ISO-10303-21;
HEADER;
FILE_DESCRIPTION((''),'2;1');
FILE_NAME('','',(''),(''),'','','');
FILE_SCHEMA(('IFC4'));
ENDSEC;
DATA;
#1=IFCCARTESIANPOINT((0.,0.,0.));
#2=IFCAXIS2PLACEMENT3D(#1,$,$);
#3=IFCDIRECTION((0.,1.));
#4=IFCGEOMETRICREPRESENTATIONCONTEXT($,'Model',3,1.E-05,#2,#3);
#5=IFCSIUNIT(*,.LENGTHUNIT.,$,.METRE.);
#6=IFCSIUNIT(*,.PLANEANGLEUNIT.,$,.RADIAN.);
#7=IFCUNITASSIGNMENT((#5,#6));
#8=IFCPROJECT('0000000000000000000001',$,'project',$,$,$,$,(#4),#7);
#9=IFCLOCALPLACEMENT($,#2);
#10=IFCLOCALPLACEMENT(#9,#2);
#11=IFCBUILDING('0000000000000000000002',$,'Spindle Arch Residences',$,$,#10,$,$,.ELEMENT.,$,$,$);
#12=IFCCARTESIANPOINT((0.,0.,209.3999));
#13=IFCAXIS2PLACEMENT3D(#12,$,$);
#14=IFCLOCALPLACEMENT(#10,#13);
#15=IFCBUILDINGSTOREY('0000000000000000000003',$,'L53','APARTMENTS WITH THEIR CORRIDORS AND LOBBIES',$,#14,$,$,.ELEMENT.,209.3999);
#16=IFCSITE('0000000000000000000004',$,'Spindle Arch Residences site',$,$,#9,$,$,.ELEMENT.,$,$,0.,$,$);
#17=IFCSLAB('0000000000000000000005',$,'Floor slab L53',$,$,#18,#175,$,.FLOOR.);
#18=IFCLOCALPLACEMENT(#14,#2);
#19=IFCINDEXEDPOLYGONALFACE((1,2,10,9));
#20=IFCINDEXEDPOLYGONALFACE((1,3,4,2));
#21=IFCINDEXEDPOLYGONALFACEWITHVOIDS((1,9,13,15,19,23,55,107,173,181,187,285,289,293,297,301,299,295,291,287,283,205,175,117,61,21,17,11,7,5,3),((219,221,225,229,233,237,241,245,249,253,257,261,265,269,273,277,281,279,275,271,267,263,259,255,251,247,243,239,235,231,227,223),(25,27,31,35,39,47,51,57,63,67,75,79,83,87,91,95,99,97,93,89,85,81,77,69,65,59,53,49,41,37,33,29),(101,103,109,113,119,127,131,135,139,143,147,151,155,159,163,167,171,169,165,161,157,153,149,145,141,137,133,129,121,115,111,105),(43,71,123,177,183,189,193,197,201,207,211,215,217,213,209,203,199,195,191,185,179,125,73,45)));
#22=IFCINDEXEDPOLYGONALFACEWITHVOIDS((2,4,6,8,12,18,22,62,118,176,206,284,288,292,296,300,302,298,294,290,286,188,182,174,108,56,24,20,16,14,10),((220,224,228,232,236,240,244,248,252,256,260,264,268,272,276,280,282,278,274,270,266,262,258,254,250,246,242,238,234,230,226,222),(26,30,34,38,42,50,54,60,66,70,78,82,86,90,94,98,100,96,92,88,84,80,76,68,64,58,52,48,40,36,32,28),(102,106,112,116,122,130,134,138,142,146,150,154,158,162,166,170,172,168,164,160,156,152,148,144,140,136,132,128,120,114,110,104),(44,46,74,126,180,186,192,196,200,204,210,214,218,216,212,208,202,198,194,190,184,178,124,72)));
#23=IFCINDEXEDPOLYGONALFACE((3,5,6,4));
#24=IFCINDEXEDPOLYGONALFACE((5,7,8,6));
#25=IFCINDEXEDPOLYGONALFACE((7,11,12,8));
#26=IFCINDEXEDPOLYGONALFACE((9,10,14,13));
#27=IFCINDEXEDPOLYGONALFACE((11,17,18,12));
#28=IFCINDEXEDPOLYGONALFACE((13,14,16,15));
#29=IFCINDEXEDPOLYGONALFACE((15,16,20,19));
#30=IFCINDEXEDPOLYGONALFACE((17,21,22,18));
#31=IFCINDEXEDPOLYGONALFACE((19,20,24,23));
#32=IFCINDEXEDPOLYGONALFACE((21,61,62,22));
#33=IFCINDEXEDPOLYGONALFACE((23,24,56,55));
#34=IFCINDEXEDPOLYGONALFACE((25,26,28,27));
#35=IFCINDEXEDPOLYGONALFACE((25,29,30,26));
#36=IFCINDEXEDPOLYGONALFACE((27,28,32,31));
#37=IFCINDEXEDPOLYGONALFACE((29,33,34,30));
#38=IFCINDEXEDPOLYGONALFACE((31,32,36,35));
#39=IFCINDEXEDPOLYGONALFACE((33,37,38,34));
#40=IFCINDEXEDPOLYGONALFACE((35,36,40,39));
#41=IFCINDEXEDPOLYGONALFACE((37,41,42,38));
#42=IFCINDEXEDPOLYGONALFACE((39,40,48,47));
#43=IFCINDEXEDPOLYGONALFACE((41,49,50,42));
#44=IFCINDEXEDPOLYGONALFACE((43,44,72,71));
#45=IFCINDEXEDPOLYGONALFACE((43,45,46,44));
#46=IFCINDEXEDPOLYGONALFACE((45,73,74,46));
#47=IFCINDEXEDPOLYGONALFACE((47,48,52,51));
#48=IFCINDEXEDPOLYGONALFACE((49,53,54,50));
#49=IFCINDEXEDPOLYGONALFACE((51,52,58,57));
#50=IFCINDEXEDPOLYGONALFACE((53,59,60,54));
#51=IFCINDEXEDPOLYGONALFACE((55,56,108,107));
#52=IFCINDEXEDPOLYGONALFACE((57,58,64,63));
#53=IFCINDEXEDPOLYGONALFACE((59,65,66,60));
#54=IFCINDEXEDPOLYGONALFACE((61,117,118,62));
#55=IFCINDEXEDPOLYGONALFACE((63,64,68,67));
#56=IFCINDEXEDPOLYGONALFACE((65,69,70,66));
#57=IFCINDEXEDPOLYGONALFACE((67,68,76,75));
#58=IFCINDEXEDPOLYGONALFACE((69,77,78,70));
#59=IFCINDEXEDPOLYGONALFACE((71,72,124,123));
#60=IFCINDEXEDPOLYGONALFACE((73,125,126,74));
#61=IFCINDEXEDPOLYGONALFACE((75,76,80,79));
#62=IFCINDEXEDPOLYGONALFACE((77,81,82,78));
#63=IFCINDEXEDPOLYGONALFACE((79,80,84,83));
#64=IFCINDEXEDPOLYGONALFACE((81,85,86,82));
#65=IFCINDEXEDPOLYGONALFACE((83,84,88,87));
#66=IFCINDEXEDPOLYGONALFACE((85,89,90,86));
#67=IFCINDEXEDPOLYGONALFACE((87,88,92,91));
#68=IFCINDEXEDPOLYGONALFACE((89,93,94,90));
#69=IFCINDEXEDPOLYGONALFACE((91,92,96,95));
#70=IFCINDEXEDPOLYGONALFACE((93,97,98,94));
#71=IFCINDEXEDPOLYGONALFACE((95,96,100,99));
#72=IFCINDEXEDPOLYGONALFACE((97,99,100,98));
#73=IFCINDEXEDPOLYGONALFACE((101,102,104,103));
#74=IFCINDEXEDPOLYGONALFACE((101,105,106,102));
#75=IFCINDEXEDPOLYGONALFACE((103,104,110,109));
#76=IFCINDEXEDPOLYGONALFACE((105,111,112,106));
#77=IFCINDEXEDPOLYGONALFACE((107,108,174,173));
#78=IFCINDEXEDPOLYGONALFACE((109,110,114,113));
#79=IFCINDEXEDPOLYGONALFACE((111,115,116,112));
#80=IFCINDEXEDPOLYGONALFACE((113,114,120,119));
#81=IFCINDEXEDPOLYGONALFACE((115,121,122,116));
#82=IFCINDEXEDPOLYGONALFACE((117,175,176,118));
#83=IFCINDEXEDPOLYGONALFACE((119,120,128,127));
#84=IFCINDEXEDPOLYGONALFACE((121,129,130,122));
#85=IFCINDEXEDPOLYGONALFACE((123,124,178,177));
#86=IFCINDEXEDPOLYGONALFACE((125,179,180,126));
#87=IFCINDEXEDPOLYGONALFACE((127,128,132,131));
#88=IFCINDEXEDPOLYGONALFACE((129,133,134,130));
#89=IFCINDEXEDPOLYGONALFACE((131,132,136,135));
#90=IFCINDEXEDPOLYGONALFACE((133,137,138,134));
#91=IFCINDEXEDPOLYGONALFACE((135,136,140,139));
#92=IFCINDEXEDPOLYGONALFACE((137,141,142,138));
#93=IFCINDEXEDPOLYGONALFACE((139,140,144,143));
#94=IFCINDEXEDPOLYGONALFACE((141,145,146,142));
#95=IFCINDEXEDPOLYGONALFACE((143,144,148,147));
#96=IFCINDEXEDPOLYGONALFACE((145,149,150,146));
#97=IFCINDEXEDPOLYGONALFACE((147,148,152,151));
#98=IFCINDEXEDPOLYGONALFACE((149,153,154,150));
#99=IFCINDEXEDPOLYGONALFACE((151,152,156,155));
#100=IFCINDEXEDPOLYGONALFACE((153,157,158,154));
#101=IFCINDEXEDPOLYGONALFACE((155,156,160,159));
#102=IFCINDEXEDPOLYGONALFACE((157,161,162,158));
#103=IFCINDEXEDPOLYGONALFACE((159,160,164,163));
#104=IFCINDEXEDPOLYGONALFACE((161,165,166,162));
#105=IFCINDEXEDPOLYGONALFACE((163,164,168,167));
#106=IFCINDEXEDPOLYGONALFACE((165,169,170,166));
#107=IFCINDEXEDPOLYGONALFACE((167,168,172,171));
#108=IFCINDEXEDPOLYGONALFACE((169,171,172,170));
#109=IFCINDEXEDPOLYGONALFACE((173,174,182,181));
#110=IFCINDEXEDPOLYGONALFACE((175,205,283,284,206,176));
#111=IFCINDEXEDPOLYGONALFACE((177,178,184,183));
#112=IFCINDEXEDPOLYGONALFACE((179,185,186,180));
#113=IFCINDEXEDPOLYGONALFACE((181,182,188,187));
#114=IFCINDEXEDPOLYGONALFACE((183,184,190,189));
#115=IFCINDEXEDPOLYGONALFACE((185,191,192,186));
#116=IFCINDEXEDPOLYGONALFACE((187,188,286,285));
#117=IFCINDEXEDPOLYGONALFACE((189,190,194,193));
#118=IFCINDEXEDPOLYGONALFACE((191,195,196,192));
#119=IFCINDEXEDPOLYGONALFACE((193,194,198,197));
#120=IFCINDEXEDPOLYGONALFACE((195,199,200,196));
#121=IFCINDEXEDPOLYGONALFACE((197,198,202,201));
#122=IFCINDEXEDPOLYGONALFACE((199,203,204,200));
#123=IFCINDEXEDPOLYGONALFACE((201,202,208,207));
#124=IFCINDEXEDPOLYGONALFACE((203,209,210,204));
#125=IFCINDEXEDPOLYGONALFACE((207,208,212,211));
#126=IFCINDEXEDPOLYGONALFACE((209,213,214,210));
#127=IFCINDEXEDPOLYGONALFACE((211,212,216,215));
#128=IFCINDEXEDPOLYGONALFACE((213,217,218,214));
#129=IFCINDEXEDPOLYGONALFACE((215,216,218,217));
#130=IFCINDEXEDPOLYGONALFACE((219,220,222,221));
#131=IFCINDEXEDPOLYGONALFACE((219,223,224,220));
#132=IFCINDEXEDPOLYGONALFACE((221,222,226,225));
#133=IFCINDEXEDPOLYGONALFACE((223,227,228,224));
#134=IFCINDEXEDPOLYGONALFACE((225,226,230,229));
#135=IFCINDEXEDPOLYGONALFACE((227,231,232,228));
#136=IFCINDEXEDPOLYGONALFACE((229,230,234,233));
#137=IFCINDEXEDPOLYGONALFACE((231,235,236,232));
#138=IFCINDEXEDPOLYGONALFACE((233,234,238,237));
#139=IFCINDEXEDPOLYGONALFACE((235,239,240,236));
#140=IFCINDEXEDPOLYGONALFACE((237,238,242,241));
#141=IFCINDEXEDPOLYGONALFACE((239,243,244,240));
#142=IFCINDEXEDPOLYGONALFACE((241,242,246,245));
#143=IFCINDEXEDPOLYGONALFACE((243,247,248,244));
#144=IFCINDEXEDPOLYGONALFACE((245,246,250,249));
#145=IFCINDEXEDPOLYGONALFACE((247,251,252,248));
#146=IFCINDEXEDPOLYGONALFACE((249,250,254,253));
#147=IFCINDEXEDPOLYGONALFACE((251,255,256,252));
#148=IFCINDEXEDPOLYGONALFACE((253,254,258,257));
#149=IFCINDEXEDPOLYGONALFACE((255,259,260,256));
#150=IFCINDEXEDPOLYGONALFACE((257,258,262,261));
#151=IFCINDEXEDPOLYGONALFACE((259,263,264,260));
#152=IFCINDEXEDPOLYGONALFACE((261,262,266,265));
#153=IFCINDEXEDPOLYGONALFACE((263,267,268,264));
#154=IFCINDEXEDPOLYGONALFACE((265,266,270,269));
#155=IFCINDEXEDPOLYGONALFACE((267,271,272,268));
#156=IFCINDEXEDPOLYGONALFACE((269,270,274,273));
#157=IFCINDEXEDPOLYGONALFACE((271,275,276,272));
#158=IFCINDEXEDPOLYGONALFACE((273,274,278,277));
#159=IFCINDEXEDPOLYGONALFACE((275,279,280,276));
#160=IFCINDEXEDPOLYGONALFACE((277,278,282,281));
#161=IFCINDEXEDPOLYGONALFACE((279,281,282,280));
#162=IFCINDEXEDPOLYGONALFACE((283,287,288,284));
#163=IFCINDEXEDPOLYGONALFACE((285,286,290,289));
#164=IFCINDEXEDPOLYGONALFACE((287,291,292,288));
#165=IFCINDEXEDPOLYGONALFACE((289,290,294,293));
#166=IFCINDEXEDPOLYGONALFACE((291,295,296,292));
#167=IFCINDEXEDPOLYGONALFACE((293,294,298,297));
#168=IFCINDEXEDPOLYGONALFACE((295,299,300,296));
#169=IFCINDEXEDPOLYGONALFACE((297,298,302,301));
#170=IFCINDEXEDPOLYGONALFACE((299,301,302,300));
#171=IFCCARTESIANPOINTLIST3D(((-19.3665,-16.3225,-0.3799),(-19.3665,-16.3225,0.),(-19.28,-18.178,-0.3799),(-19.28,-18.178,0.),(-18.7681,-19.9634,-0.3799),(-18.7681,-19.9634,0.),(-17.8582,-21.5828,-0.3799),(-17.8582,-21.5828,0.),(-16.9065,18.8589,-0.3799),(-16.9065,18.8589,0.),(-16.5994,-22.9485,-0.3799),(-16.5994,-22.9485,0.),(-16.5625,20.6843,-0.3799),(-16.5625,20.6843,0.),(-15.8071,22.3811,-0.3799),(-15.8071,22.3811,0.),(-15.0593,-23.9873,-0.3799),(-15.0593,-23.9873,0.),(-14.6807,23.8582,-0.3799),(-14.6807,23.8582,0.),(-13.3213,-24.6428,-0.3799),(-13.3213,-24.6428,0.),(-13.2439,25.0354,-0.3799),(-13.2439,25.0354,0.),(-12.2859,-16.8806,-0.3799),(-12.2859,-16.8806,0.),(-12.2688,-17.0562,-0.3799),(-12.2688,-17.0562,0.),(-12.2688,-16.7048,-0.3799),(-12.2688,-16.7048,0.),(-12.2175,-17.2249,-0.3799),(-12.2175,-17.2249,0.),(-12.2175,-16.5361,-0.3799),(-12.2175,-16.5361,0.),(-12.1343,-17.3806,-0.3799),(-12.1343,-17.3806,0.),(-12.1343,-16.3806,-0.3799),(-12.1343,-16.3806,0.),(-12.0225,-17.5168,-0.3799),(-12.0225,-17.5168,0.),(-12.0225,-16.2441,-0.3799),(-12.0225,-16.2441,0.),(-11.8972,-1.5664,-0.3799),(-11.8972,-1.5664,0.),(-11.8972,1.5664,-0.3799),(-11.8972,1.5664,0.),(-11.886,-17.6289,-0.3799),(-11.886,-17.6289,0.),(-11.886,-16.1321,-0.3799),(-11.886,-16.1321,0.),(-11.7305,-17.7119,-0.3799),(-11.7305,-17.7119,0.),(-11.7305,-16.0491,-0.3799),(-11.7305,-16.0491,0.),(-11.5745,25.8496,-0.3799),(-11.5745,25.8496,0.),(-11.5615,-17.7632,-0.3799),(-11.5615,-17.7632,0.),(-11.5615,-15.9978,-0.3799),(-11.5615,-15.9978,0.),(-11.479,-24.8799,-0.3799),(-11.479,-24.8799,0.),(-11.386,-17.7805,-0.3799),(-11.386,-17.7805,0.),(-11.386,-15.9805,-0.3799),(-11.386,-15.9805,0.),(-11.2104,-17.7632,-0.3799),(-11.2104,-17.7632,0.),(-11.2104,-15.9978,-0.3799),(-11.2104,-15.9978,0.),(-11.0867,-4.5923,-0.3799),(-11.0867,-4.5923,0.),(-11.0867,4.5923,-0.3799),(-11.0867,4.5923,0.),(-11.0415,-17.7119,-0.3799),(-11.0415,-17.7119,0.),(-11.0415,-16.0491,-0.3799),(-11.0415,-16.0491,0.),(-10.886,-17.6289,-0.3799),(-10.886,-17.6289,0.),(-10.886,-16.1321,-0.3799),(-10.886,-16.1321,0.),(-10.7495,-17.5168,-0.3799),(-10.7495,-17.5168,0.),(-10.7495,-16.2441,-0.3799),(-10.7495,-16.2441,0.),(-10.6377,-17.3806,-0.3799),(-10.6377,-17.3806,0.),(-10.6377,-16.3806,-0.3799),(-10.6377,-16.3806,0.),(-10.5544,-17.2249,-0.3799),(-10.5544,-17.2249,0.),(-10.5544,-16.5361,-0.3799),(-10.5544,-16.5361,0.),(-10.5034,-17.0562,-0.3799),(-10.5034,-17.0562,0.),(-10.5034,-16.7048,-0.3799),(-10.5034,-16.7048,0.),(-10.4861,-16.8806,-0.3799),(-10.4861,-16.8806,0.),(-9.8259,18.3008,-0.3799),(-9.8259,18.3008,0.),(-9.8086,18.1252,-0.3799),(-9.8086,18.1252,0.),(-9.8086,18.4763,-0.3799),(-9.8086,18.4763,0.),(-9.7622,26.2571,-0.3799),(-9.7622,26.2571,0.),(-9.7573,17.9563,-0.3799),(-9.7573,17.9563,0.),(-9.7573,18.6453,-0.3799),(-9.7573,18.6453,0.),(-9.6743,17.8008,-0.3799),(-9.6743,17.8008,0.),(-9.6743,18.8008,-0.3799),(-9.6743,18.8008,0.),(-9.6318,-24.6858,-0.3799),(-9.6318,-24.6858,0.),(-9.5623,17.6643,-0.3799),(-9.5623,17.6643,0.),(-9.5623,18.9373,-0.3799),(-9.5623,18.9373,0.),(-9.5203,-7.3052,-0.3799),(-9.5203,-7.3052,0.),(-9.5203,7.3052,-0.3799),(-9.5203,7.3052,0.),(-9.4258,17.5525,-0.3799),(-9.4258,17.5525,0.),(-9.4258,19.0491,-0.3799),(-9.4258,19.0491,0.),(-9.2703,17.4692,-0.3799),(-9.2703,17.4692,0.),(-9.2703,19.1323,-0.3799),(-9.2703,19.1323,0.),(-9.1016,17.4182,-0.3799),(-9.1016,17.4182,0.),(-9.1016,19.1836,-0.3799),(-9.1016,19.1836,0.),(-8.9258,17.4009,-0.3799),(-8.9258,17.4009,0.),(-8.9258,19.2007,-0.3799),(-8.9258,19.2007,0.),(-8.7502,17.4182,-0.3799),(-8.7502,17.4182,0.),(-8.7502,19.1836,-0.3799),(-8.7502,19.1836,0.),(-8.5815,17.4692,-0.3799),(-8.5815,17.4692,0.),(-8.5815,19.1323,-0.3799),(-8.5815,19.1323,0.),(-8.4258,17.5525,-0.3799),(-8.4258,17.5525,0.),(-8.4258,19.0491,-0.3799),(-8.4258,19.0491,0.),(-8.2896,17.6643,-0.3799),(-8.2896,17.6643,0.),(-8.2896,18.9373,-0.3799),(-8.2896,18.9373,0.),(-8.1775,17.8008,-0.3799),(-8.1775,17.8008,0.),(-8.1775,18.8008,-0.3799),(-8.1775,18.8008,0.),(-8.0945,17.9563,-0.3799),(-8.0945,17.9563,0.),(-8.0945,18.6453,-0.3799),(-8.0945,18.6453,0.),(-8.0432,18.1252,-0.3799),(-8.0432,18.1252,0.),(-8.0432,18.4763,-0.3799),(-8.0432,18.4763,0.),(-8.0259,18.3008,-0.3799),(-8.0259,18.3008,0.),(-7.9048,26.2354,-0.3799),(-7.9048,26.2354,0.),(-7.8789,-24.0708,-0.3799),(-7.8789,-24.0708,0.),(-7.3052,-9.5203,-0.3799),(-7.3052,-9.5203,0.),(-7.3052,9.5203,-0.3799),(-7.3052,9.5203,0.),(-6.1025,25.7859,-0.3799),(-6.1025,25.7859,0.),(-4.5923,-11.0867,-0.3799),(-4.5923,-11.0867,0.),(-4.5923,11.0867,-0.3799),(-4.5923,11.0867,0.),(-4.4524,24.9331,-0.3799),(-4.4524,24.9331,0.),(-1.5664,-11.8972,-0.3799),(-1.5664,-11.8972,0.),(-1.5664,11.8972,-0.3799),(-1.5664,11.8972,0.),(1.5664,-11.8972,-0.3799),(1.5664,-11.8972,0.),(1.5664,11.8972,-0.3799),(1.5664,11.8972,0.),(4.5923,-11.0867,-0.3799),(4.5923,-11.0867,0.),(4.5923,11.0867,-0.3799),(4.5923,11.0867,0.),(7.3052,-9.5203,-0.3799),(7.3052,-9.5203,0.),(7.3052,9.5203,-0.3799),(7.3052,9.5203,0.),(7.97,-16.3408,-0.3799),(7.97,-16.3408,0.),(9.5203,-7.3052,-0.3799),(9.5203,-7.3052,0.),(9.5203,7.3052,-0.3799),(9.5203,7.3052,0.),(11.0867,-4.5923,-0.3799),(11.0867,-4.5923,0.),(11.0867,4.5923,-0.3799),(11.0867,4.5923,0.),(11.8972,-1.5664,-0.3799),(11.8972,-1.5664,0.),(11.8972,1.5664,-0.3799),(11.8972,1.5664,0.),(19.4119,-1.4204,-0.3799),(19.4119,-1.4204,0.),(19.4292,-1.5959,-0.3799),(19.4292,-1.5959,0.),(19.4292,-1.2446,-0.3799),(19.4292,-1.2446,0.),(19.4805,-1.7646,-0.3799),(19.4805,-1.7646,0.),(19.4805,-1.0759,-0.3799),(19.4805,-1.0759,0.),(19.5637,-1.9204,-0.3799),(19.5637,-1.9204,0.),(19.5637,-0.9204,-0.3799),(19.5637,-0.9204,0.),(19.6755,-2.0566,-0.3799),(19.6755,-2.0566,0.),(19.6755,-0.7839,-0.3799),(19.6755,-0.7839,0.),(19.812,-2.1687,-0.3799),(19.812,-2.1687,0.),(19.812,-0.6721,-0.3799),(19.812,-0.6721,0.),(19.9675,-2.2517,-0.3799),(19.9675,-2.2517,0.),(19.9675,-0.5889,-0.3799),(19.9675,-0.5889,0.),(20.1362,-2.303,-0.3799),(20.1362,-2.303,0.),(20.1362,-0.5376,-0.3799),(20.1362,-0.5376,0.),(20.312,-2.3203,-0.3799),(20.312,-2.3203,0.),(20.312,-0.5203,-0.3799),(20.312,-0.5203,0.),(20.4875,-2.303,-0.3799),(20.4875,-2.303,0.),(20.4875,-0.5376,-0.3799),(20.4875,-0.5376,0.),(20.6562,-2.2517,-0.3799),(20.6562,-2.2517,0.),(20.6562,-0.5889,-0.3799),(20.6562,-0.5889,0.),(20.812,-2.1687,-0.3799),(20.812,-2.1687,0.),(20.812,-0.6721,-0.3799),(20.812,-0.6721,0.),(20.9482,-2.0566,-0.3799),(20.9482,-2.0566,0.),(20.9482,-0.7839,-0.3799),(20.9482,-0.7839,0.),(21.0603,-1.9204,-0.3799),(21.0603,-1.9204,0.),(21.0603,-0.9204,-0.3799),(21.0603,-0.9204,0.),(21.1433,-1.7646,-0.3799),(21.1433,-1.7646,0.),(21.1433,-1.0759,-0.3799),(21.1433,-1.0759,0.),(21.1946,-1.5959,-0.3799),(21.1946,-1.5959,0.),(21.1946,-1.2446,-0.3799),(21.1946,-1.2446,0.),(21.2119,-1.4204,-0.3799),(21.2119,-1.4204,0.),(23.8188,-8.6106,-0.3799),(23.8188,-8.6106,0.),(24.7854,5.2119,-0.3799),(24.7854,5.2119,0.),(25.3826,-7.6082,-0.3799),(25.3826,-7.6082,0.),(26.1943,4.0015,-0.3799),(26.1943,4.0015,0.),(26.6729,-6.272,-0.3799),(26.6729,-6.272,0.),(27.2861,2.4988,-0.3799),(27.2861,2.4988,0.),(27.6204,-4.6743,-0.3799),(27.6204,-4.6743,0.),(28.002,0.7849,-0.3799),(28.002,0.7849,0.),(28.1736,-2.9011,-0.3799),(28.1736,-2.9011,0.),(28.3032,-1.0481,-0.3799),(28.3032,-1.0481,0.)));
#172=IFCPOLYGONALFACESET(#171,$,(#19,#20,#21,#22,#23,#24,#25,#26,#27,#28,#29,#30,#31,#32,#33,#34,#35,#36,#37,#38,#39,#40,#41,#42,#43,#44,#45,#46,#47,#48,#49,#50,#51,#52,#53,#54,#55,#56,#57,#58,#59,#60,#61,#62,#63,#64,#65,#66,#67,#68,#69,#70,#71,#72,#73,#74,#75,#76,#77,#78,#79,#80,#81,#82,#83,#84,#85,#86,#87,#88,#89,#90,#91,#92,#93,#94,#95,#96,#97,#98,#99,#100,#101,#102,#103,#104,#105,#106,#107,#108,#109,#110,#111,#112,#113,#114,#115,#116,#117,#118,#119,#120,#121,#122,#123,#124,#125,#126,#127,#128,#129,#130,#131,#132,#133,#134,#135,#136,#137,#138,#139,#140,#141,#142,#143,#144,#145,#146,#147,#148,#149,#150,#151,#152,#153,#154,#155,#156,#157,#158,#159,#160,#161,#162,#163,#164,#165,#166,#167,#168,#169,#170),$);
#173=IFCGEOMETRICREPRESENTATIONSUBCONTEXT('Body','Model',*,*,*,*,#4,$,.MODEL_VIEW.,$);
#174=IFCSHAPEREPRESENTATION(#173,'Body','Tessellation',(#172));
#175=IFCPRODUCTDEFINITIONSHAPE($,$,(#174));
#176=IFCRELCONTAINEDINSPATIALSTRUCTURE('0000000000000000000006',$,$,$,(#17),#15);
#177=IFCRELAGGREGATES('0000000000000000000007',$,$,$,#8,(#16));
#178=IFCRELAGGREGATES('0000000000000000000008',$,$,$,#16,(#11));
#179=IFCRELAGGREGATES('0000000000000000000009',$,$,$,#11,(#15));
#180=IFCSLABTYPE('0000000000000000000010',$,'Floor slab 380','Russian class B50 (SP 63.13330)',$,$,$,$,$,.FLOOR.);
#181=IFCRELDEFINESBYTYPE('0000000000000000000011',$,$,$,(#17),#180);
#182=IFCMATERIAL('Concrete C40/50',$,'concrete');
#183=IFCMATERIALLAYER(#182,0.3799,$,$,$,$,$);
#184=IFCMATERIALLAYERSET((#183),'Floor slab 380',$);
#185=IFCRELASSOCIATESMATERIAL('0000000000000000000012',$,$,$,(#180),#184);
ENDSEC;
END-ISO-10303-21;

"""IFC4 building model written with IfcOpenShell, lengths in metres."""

from ifc_helpers import new_model, si_unit, direction, frame, origin, place, context, subcontext, project, spatial, polyline, outline, extrude, material, layer, layer_set, type_object, element, save


model = new_model("IFC4")

# Units and contexts
model_context = context("Model", 3, precision=1e-05, world=origin(), true_north=direction((0.0, 1.0)))
body_context = subcontext(model_context, "Body", "Model", "MODEL_VIEW")
ifc_project = project(units=[si_unit("LENGTHUNIT", "METRE"), si_unit("PLANEANGLEUNIT", "RADIAN")], contexts=[model_context])

# Site, building, storey
site_placement = place(None, origin())
site = spatial("IfcSite", under=ifc_project, at=site_placement, Name="Spindle Arch Residences site", CompositionType="ELEMENT", RefElevation=0.0)
building_placement = place(site_placement, origin())
building = spatial("IfcBuilding", under=site, at=building_placement, Name="Spindle Arch Residences", CompositionType="ELEMENT")
storey_placement = place(building_placement, frame((0.0, 0.0, 209.3999)))
storey = spatial("IfcBuildingStorey", under=building, at=storey_placement, Name="L53", Description="APARTMENTS WITH THEIR CORRIDORS AND LOBBIES", CompositionType="ELEMENT", Elevation=209.3999)

# Slab
ifc_material_1 = material(Name="Concrete C40/50", Category="concrete")
ifc_layer_1 = layer(ifc_material_1, 0.3799)
ifc_layer_set_1 = layer_set([ifc_layer_1], Name="Floor slab 380")
slab_type_1 = type_object("IfcSlabType", Name="Floor slab 380", Description="Russian class B50 (SP 63.13330)", PredefinedType="FLOOR", material=ifc_layer_set_1)
slab_1_placement = place(storey_placement, frame((0.0, 0.0, -0.3799)))
element("IfcSlab", 1, at=slab_1_placement, inside=storey, type_object=slab_type_1, Name="Floor slab L53", PredefinedType="FLOOR", context=body_context, shape_type="SweptSolid", body=[
    extrude(outline(polyline([(-9.6318, -24.6858), (-11.479, -24.8799), (-13.3213, -24.6428), (-15.0593, -23.9873), (-16.5994, -22.9485), (-17.8582, -21.5828), (-18.7681, -19.9634), (-19.28, -18.178), (-19.3665, -16.3225), (-16.9065, 18.8589), (-16.5625, 20.6843), (-15.8071, 22.3811), (-14.6807, 23.8582), (-13.2439, 25.0354), (-11.5745, 25.8496), (-9.7622, 26.2571), (-7.9048, 26.2354), (-6.1025, 25.7859), (-4.4524, 24.9331), (24.7854, 5.2119), (26.1943, 4.0015), (27.2861, 2.4988), (28.002, 0.7849), (28.3032, -1.0481), (28.1736, -2.9011), (27.6204, -4.6743), (26.6729, -6.272), (25.3826, -7.6082), (23.8188, -8.6106), (7.97, -16.3408), (-7.8789, -24.0708), (-9.6318, -24.6858)]), holes=[polyline([(7.3052, -9.5203), (9.5203, -7.3052), (11.0867, -4.5923), (11.8972, -1.5664), (11.8972, 1.5664), (11.0867, 4.5923), (9.5203, 7.3052), (7.3052, 9.5203), (4.5923, 11.0867), (1.5664, 11.8972), (-1.5664, 11.8972), (-4.5923, 11.0867), (-7.3052, 9.5203), (-9.5203, 7.3052), (-11.0867, 4.5923), (-11.8972, 1.5664), (-11.8972, -1.5664), (-11.0867, -4.5923), (-9.5203, -7.3052), (-7.3052, -9.5203), (-4.5923, -11.0867), (-1.5664, -11.8972), (1.5664, -11.8972), (4.5923, -11.0867), (7.3052, -9.5203)]), polyline([(-10.6377, -17.3806), (-10.5544, -17.2249), (-10.5034, -17.0562), (-10.4861, -16.8806), (-10.5034, -16.7048), (-10.5544, -16.5361), (-10.6377, -16.3806), (-10.7495, -16.2441), (-10.886, -16.1321), (-11.0415, -16.0491), (-11.2104, -15.9978), (-11.386, -15.9805), (-11.5615, -15.9978), (-11.7305, -16.0491), (-11.886, -16.1321), (-12.0225, -16.2441), (-12.1343, -16.3806), (-12.2175, -16.5361), (-12.2688, -16.7048), (-12.2859, -16.8806), (-12.2688, -17.0562), (-12.2175, -17.2249), (-12.1343, -17.3806), (-12.0225, -17.5168), (-11.886, -17.6289), (-11.7305, -17.7119), (-11.5615, -17.7632), (-11.386, -17.7805), (-11.2104, -17.7632), (-11.0415, -17.7119), (-10.886, -17.6289), (-10.7495, -17.5168), (-10.6377, -17.3806)]), polyline([(-8.1775, 17.8008), (-8.0945, 17.9563), (-8.0432, 18.1252), (-8.0259, 18.3008), (-8.0432, 18.4763), (-8.0945, 18.6453), (-8.1775, 18.8008), (-8.2896, 18.9373), (-8.4258, 19.0491), (-8.5815, 19.1323), (-8.7502, 19.1836), (-8.9258, 19.2007), (-9.1016, 19.1836), (-9.2703, 19.1323), (-9.4258, 19.0491), (-9.5623, 18.9373), (-9.6743, 18.8008), (-9.7573, 18.6453), (-9.8086, 18.4763), (-9.8259, 18.3008), (-9.8086, 18.1252), (-9.7573, 17.9563), (-9.6743, 17.8008), (-9.5623, 17.6643), (-9.4258, 17.5525), (-9.2703, 17.4692), (-9.1016, 17.4182), (-8.9258, 17.4009), (-8.7502, 17.4182), (-8.5815, 17.4692), (-8.4258, 17.5525), (-8.2896, 17.6643), (-8.1775, 17.8008)]), polyline([(20.9482, -2.0566), (21.0603, -1.9204), (21.1433, -1.7646), (21.1946, -1.5959), (21.2119, -1.4204), (21.1946, -1.2446), (21.1433, -1.0759), (21.0603, -0.9204), (20.9482, -0.7839), (20.812, -0.6721), (20.6562, -0.5889), (20.4875, -0.5376), (20.312, -0.5203), (20.1362, -0.5376), (19.9675, -0.5889), (19.812, -0.6721), (19.6755, -0.7839), (19.5637, -0.9204), (19.4805, -1.0759), (19.4292, -1.2446), (19.4119, -1.4204), (19.4292, -1.5959), (19.4805, -1.7646), (19.5637, -1.9204), (19.6755, -2.0566), (19.812, -2.1687), (19.9675, -2.2517), (20.1362, -2.303), (20.312, -2.3203), (20.4875, -2.303), (20.6562, -2.2517), (20.812, -2.1687), (20.9482, -2.0566)])]), origin(), (0.0, 0.0, 1.0), 0.3799),
])

save(model, "model.ifc")
